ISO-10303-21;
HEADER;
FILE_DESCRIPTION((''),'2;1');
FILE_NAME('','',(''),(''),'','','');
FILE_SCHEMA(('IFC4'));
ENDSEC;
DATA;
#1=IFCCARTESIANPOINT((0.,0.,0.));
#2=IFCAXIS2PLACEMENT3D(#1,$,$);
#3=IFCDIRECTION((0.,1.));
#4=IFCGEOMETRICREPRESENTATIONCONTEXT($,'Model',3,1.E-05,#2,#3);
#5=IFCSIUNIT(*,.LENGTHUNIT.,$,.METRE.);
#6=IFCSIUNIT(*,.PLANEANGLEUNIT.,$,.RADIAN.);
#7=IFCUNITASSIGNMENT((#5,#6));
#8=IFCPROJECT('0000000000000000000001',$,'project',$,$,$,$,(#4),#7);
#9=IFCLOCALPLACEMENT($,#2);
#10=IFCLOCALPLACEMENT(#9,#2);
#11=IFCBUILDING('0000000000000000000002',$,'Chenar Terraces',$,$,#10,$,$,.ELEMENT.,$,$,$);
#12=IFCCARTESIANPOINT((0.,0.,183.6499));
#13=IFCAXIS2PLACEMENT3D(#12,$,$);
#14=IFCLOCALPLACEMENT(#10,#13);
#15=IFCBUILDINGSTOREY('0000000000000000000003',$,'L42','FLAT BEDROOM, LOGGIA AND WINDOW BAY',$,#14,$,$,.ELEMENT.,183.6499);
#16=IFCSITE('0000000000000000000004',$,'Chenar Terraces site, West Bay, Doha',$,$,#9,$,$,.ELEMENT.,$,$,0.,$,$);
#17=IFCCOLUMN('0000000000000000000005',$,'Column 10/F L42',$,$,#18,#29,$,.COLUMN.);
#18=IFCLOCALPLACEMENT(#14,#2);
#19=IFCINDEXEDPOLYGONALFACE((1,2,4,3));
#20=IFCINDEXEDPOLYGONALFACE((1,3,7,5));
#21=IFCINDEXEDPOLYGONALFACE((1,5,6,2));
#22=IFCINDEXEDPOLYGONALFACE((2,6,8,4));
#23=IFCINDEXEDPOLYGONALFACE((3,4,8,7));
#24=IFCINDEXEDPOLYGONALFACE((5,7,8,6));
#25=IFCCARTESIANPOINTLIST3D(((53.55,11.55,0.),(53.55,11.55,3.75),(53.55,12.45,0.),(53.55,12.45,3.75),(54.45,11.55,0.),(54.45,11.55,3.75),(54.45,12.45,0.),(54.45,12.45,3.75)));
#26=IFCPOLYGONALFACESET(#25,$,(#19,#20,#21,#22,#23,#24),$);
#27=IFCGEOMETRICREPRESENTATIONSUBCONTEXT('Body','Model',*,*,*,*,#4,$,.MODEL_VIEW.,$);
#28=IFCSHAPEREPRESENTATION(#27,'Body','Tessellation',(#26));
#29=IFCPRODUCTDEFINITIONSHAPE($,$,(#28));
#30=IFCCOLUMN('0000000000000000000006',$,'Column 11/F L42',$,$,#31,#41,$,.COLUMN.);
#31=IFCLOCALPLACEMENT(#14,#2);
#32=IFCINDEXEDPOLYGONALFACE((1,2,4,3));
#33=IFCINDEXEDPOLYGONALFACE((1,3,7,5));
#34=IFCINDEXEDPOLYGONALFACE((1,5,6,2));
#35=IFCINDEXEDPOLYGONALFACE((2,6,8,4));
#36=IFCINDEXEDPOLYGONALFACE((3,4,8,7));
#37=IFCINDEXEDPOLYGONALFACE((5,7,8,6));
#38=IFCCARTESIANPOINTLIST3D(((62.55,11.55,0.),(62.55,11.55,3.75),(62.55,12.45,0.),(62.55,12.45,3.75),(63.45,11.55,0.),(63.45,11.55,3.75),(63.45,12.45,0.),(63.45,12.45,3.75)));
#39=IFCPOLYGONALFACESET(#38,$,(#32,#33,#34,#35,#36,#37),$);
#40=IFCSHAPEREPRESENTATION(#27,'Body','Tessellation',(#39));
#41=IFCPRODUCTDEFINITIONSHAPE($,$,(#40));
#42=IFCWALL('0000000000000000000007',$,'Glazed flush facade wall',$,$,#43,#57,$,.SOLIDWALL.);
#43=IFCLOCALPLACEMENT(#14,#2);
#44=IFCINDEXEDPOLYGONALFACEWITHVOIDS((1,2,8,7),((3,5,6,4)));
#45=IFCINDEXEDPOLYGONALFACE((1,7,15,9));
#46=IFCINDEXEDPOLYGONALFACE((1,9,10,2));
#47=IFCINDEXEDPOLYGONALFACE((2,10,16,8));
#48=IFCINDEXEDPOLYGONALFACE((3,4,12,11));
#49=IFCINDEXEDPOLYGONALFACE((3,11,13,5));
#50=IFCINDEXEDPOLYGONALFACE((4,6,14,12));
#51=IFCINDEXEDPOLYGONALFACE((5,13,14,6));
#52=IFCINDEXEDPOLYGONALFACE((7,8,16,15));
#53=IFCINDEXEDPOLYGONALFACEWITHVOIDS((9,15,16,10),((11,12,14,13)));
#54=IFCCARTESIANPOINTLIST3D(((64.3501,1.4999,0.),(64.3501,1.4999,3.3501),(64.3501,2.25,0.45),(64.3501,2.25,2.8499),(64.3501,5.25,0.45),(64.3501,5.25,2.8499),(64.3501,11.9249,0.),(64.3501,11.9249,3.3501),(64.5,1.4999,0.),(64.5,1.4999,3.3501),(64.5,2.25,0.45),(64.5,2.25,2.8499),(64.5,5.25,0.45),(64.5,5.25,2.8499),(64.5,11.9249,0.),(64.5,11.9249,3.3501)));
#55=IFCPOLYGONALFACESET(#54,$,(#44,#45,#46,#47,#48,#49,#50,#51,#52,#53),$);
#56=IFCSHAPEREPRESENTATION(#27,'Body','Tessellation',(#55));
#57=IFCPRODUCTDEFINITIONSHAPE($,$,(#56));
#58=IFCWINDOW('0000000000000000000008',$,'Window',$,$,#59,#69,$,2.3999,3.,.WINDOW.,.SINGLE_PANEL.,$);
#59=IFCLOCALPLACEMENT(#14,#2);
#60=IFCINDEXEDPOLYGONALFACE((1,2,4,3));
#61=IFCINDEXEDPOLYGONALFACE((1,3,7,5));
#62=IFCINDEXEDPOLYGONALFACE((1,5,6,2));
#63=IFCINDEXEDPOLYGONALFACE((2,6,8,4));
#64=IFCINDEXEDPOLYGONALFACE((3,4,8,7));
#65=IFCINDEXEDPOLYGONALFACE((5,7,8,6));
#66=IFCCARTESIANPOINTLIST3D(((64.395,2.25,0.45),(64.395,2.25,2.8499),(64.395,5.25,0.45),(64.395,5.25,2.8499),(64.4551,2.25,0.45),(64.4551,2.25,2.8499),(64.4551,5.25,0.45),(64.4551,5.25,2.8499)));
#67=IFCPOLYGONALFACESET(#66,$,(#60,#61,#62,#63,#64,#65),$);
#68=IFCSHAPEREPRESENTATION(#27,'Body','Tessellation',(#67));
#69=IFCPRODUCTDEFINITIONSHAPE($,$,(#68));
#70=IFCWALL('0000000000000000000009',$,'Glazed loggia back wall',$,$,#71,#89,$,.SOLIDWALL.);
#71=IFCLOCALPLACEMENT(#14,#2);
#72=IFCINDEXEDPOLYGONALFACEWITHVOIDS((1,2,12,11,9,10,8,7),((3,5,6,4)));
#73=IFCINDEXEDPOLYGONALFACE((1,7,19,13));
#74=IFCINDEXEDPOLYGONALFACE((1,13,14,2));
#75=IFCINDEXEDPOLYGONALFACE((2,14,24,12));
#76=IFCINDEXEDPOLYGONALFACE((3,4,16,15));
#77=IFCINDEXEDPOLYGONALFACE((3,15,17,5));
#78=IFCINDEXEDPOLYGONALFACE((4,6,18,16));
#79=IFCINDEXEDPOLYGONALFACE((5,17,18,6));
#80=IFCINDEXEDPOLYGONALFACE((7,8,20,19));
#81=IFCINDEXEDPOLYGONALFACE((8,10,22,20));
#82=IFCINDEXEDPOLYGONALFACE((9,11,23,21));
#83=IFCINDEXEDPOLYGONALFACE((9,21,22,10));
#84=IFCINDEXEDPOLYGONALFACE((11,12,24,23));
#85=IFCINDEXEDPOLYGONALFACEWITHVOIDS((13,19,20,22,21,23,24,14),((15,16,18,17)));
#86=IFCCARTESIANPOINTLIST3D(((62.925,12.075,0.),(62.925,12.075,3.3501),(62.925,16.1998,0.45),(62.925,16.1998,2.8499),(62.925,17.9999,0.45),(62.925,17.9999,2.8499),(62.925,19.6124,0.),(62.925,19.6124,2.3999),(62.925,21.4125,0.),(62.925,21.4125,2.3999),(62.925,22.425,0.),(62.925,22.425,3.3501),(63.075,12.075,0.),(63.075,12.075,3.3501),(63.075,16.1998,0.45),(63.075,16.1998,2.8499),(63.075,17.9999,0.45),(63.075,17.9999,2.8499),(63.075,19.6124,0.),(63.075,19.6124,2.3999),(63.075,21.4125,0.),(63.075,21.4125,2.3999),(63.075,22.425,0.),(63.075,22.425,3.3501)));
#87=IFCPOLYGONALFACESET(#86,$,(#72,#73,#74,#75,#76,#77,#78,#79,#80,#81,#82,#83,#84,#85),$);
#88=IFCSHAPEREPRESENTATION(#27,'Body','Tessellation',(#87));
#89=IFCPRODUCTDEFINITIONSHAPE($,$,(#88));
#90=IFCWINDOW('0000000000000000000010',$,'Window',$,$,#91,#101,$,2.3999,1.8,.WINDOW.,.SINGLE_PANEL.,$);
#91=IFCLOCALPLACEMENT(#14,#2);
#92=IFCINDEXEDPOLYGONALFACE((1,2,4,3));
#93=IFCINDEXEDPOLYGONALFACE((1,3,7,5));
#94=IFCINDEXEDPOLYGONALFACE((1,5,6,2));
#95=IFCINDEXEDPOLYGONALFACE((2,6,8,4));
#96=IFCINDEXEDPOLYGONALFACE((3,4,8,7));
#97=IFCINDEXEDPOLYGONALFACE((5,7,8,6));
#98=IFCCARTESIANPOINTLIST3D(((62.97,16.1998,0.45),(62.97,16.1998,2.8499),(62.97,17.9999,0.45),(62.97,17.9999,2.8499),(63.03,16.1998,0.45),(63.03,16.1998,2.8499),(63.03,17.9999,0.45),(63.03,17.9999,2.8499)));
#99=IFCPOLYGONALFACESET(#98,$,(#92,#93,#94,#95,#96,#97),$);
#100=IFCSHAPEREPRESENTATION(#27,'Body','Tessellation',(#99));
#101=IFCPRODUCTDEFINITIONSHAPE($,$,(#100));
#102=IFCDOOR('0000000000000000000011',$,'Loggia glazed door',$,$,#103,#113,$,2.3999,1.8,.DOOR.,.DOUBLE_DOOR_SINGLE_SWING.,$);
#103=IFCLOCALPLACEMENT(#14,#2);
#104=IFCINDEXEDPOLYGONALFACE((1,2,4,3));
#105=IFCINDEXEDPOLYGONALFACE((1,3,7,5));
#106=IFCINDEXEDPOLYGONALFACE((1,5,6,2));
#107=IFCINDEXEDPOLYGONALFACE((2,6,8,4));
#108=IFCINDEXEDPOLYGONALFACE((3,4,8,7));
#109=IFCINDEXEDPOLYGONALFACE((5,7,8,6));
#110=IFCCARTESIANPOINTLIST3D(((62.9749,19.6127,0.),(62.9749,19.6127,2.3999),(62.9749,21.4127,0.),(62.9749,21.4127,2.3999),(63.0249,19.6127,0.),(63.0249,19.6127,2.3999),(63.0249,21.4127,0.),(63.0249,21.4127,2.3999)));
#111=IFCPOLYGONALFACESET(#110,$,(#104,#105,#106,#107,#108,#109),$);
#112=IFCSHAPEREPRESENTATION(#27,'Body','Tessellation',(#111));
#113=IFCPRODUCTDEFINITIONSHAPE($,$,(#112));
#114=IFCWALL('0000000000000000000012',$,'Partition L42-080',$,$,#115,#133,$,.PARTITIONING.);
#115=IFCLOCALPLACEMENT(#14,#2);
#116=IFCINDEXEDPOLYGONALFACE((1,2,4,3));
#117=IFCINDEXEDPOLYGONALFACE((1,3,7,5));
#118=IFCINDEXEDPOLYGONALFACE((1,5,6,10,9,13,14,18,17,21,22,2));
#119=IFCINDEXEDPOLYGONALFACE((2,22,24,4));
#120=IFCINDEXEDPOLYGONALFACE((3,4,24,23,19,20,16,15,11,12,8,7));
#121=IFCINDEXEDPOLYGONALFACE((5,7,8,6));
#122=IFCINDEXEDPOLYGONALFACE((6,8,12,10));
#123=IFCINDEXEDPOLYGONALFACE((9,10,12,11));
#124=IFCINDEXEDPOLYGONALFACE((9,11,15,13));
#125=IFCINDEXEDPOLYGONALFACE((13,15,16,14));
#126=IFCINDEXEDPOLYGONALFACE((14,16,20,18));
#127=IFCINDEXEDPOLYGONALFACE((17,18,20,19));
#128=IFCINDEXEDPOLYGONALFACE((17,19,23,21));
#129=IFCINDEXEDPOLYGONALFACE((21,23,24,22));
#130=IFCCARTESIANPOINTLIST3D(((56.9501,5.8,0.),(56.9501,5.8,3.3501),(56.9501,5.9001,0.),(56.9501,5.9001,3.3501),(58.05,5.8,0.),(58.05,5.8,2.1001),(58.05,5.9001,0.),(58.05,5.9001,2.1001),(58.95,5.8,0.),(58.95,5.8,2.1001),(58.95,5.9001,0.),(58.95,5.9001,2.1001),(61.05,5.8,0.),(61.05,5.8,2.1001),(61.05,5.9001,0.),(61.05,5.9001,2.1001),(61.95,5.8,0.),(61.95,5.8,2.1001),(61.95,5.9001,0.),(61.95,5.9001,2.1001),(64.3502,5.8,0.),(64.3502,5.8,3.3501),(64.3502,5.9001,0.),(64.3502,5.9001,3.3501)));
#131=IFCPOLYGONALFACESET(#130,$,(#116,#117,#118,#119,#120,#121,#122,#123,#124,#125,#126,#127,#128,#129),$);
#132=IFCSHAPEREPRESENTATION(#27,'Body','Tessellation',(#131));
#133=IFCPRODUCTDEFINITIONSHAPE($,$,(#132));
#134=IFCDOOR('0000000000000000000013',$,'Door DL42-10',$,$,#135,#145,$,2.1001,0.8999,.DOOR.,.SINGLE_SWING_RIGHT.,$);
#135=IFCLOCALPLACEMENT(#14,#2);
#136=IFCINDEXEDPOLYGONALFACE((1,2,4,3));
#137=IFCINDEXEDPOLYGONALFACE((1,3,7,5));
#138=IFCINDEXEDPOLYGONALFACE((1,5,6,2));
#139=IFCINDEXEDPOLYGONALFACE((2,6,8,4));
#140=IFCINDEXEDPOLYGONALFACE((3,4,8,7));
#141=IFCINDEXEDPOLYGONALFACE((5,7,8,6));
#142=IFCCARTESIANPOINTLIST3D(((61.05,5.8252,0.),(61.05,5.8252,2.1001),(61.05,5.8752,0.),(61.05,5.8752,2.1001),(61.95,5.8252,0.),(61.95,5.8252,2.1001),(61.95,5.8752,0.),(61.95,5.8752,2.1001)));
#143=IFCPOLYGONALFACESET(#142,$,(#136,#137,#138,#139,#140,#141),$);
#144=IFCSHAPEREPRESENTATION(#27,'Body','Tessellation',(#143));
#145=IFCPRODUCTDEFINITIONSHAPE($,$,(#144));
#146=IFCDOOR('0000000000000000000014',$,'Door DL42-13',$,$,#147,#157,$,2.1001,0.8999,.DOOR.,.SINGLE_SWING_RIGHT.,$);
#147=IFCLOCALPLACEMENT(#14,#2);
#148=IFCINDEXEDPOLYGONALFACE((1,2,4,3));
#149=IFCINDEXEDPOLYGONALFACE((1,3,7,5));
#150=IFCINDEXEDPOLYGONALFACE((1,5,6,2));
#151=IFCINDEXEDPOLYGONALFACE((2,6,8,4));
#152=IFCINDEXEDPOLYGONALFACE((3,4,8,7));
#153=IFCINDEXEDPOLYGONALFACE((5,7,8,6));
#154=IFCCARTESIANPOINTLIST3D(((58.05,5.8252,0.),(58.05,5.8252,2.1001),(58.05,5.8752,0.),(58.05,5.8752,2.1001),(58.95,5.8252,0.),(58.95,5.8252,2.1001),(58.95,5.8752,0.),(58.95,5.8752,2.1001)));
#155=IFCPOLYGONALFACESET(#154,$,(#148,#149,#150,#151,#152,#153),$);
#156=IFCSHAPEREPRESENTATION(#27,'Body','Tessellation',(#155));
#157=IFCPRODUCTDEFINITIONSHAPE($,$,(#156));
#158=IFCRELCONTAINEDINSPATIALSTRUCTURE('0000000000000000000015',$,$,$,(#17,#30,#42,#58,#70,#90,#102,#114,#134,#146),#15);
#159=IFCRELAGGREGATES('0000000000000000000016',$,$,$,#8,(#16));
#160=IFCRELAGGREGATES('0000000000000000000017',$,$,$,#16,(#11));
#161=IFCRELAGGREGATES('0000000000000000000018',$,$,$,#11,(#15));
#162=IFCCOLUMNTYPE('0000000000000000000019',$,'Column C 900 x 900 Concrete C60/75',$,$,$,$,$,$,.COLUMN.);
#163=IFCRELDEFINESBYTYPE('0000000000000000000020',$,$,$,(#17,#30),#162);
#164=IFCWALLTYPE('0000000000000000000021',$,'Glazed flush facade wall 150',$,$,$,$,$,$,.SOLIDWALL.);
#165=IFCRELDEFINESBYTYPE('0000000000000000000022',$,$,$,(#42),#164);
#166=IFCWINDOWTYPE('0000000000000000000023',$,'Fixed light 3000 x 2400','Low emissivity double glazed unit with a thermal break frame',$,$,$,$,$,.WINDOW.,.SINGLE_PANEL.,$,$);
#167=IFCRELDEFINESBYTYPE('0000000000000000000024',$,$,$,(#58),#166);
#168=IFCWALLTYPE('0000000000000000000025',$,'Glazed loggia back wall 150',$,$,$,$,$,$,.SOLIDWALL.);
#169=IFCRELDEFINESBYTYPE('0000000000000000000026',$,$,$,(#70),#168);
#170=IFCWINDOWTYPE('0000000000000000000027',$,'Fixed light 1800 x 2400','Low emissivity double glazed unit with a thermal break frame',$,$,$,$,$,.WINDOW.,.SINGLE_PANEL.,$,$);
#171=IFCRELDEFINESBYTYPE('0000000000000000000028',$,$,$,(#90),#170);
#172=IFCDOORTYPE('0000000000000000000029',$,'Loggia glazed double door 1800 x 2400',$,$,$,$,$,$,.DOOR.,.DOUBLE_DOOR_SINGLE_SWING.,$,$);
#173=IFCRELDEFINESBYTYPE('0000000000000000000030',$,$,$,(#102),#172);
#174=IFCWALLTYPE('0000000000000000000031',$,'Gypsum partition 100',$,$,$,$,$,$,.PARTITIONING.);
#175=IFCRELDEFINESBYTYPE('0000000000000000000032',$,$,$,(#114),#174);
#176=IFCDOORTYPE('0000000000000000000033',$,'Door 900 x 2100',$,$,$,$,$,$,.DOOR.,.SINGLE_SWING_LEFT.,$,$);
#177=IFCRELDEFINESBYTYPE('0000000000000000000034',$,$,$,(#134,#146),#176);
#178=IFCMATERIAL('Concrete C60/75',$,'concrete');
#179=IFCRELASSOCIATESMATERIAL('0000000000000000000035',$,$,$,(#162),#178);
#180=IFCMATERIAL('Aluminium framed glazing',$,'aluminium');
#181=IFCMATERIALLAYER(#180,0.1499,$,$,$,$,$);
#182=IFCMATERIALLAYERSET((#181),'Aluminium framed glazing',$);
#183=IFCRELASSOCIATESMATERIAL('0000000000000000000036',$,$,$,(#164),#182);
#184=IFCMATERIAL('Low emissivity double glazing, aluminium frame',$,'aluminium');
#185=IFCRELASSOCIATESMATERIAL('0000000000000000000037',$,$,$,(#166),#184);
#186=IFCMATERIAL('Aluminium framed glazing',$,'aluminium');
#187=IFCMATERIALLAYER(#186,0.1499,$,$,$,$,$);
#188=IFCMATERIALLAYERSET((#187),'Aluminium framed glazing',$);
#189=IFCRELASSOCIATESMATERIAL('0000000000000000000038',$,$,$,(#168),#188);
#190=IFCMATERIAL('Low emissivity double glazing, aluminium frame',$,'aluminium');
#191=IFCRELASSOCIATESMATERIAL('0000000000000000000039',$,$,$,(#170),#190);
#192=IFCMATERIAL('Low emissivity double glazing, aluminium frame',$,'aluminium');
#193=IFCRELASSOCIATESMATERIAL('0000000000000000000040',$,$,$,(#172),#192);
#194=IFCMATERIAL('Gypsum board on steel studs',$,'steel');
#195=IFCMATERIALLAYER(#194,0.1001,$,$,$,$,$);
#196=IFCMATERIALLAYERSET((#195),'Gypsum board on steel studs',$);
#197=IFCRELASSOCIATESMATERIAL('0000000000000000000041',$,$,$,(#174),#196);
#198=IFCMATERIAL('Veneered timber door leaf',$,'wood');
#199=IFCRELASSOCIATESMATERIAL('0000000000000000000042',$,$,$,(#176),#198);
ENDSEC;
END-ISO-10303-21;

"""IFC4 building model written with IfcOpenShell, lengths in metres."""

from ifc_helpers import new_model, si_unit, direction, frame, frame_2d, origin, origin_2d, place, context, subcontext, project, spatial, rectangle, extrude, material, layer, layer_set, material_profile, profile_set, type_object, element, fill, save


model = new_model("IFC4")

# Units and contexts
model_context = context("Model", 3, precision=1e-05, world=origin(), true_north=direction((0.0, 1.0)))
body_context = subcontext(model_context, "Body", "Model", "MODEL_VIEW")
ifc_project = project(units=[si_unit("LENGTHUNIT", "METRE"), si_unit("PLANEANGLEUNIT", "RADIAN")], contexts=[model_context])

# Site, building, storey
site_placement = place(None, origin())
site = spatial("IfcSite", under=ifc_project, at=site_placement, Name="Chenar Terraces site, West Bay, Doha", CompositionType="ELEMENT", RefElevation=0.0)
building_placement = place(site_placement, origin())
building = spatial("IfcBuilding", under=site, at=building_placement, Name="Chenar Terraces", CompositionType="ELEMENT")
storey_placement = place(building_placement, frame((0.0, 0.0, 183.6499)))
storey = spatial("IfcBuildingStorey", under=building, at=storey_placement, Name="L42", Description="FLAT BEDROOM, LOGGIA AND WINDOW BAY", CompositionType="ELEMENT", Elevation=183.6499)

# Columns
ifc_material_1 = material(Name="Concrete C60/75", Category="concrete")
ifc_material_profile = material_profile(ifc_material_1, rectangle(XDim=0.8999, YDim=0.8999, at=origin_2d()), Name="C 900 x 900")
ifc_profile_set = profile_set([ifc_material_profile], Name="Concrete C60/75")
column_type = type_object("IfcColumnType", Name="Column C 900 x 900 Concrete C60/75", PredefinedType="COLUMN", material=ifc_profile_set)
for number, where, z_axis, x_axis, name in (
    (1, (54.0, 12.0, 0.0), (0.0, 0.0, 1.0), (1.0, 0.0, 0.0), "Column 10/F L42"),
    (2, (63.0, 12.0, 0.0), (0.0, 0.0, 1.0), (1.0, 0.0, 0.0), "Column 11/F L42"),
):
    element("IfcColumn", number, at=place(storey_placement, frame(where, z_axis=z_axis, x_axis=x_axis)), inside=storey, type_object=column_type, Name=name, PredefinedType="COLUMN", context=body_context, shape_type="SweptSolid", body=[
        extrude(rectangle(XDim=0.8999, YDim=0.8999, at=origin_2d()), origin(), (0.0, 0.0, 1.0), 3.75),
    ])

# Wall, opening, window
ifc_material_2 = material(Name="Aluminium framed glazing", Category="aluminium")
ifc_layer_1 = layer(ifc_material_2, 0.1499)
ifc_layer_set_1 = layer_set([ifc_layer_1], Name="Aluminium framed glazing")
wall_type_1 = type_object("IfcWallType", Name="Glazed flush facade wall 150", PredefinedType="SOLIDWALL", material=ifc_layer_set_1)
wall_1_placement = place(storey_placement, frame((64.425, 1.5, 0.0), z_axis=(0.0, 0.0, 1.0), x_axis=(0.0, 1.0, 0.0)))
wall_1 = element("IfcWall", 3, at=wall_1_placement, inside=storey, type_object=wall_type_1, Name="Glazed flush facade wall", PredefinedType="SOLIDWALL", context=body_context, shape_type="SweptSolid", body=[
    extrude(rectangle(XDim=10.425, YDim=0.1499, at=frame_2d((5.2124, 0.0))), origin(), (0.0, 0.0, 1.0), 3.3501),
])
opening_1_placement = place(wall_1_placement, frame((0.75, 0.0, 0.45)))
opening_1 = element("IfcOpeningElement", 4, at=opening_1_placement, cuts=wall_1, PredefinedType="OPENING", context=body_context, shape_type="SweptSolid", body=[
    extrude(rectangle(XDim=3.0, YDim=2.3999, at=frame_2d((1.5, 1.2))), frame((0.0, 0.085, 0.0), z_axis=(0.0, -1.0, 0.0), x_axis=(1.0, 0.0, 0.0)), (0.0, 0.0, 1.0), 0.1699),
])
ifc_material_3 = material(Name="Low emissivity double glazing, aluminium frame", Category="aluminium")
window_type_1 = type_object("IfcWindowType", Name="Fixed light 3000 x 2400", Description="Low emissivity double glazed unit with a thermal break frame", PartitioningType="SINGLE_PANEL", PredefinedType="WINDOW", material=ifc_material_3)
window_1_placement = place(opening_1_placement, origin())
window_1 = element("IfcWindow", 5, at=window_1_placement, inside=storey, type_object=window_type_1, Name="Window", OverallHeight=2.3999, OverallWidth=3.0, PartitioningType="SINGLE_PANEL", PredefinedType="WINDOW", context=body_context, shape_type="SweptSolid", body=[
    extrude(rectangle(XDim=3.0, YDim=2.3999, at=frame_2d((1.5, 1.2))), frame((0.0, 0.03, 0.0), z_axis=(0.0, -1.0, 0.0), x_axis=(1.0, 0.0, 0.0)), (0.0, 0.0, 1.0), 0.0601),
])
fill(opening_1, window_1)

# Wall, openings, window, door
ifc_material_4 = material(Name="Aluminium framed glazing", Category="aluminium")
ifc_layer_2 = layer(ifc_material_4, 0.1499)
ifc_layer_set_2 = layer_set([ifc_layer_2], Name="Aluminium framed glazing")
wall_type_2 = type_object("IfcWallType", Name="Glazed loggia back wall 150", PredefinedType="SOLIDWALL", material=ifc_layer_set_2)
wall_2_placement = place(storey_placement, frame((63.0, 12.075, 0.0), z_axis=(0.0, 0.0, 1.0), x_axis=(0.0, 1.0, 0.0)))
wall_2 = element("IfcWall", 6, at=wall_2_placement, inside=storey, type_object=wall_type_2, Name="Glazed loggia back wall", PredefinedType="SOLIDWALL", context=body_context, shape_type="SweptSolid", body=[
    extrude(rectangle(XDim=10.3501, YDim=0.1499, at=frame_2d((5.175, 0.0))), origin(), (0.0, 0.0, 1.0), 3.3501),
])
opening_2_placement = place(wall_2_placement, frame((4.125, 0.0, 0.45)))
opening_2 = element("IfcOpeningElement", 7, at=opening_2_placement, cuts=wall_2, PredefinedType="OPENING", context=body_context, shape_type="SweptSolid", body=[
    extrude(rectangle(XDim=1.8, YDim=2.3999, at=frame_2d((0.8999, 1.2))), frame((0.0, 0.085, 0.0), z_axis=(0.0, -1.0, 0.0), x_axis=(1.0, 0.0, 0.0)), (0.0, 0.0, 1.0), 0.1699),
])
opening_3_placement = place(wall_2_placement, frame((7.5376, 0.0, 0.0)))
opening_3 = element("IfcOpeningElement", 8, at=opening_3_placement, cuts=wall_2, PredefinedType="OPENING", context=body_context, shape_type="SweptSolid", body=[
    extrude(rectangle(XDim=1.8, YDim=2.3999, at=frame_2d((0.8999, 1.2))), frame((0.0, 0.085, 0.0), z_axis=(0.0, -1.0, 0.0), x_axis=(1.0, 0.0, 0.0)), (0.0, 0.0, 1.0), 0.1699),
])
ifc_material_5 = material(Name="Low emissivity double glazing, aluminium frame", Category="aluminium")
window_type_2 = type_object("IfcWindowType", Name="Fixed light 1800 x 2400", Description="Low emissivity double glazed unit with a thermal break frame", PartitioningType="SINGLE_PANEL", PredefinedType="WINDOW", material=ifc_material_5)
window_2_placement = place(opening_2_placement, origin())
window_2 = element("IfcWindow", 9, at=window_2_placement, inside=storey, type_object=window_type_2, Name="Window", OverallHeight=2.3999, OverallWidth=1.8, PartitioningType="SINGLE_PANEL", PredefinedType="WINDOW", context=body_context, shape_type="SweptSolid", body=[
    extrude(rectangle(XDim=1.8, YDim=2.3999, at=frame_2d((0.8999, 1.2))), frame((0.0, 0.03, 0.0), z_axis=(0.0, -1.0, 0.0), x_axis=(1.0, 0.0, 0.0)), (0.0, 0.0, 1.0), 0.0601),
])
fill(opening_2, window_2)
ifc_material_6 = material(Name="Low emissivity double glazing, aluminium frame", Category="aluminium")
door_type_1 = type_object("IfcDoorType", Name="Loggia glazed double door 1800 x 2400", OperationType="DOUBLE_DOOR_SINGLE_SWING", PredefinedType="DOOR", material=ifc_material_6)
door_1_placement = place(opening_3_placement, frame((1.8, 0.0, 0.0), z_axis=(0.0, 0.0, 1.0), x_axis=(-1.0, 0.0, 0.0)))
door_1 = element("IfcDoor", 10, at=door_1_placement, inside=storey, type_object=door_type_1, Name="Loggia glazed door", OperationType="DOUBLE_DOOR_SINGLE_SWING", OverallHeight=2.3999, OverallWidth=1.8, PredefinedType="DOOR", context=body_context, shape_type="SweptSolid", body=[
    extrude(rectangle(XDim=1.8, YDim=2.3999, at=frame_2d((0.8999, 1.2))), frame((0.0, 0.0249, 0.0), z_axis=(0.0, -1.0, 0.0), x_axis=(1.0, 0.0, 0.0)), (0.0, 0.0, 1.0), 0.05),
])
fill(opening_3, door_1)

# Wall, openings, doors
ifc_material_7 = material(Name="Gypsum board on steel studs", Category="steel")
ifc_layer_3 = layer(ifc_material_7, 0.1001)
ifc_layer_set_3 = layer_set([ifc_layer_3], Name="Gypsum board on steel studs")
wall_type_3 = type_object("IfcWallType", Name="Gypsum partition 100", PredefinedType="PARTITIONING", material=ifc_layer_set_3)
wall_3_placement = place(storey_placement, frame((56.95, 5.8501, 0.0), z_axis=(0.0, 0.0, 1.0), x_axis=(1.0, 0.0, 0.0)))
wall_3 = element("IfcWall", 11, at=wall_3_placement, inside=storey, type_object=wall_type_3, Name="Partition L42-080", PredefinedType="PARTITIONING", context=body_context, shape_type="SweptSolid", body=[
    extrude(rectangle(XDim=7.4001, YDim=0.1001, at=frame_2d((3.7002, 0.0))), origin(), (0.0, 0.0, 1.0), 3.3501),
])
opening_4_placement = place(wall_3_placement, frame((4.1001, 0.0, 0.0)))
opening_4 = element("IfcOpeningElement", 12, at=opening_4_placement, cuts=wall_3, PredefinedType="OPENING", context=body_context, shape_type="SweptSolid", body=[
    extrude(rectangle(XDim=0.8999, YDim=2.1001, at=frame_2d((0.45, 1.05))), frame((0.0, 0.0601, 0.0), z_axis=(0.0, -1.0, 0.0), x_axis=(1.0, 0.0, 0.0)), (0.0, 0.0, 1.0), 0.1201),
])
opening_5_placement = place(wall_3_placement, frame((1.1001, 0.0, 0.0)))
opening_5 = element("IfcOpeningElement", 13, at=opening_5_placement, cuts=wall_3, PredefinedType="OPENING", context=body_context, shape_type="SweptSolid", body=[
    extrude(rectangle(XDim=0.8999, YDim=2.1001, at=frame_2d((0.45, 1.05))), frame((0.0, 0.0601, 0.0), z_axis=(0.0, -1.0, 0.0), x_axis=(1.0, 0.0, 0.0)), (0.0, 0.0, 1.0), 0.1201),
])
ifc_material_8 = material(Name="Veneered timber door leaf", Category="wood")
door_type_2 = type_object("IfcDoorType", Name="Door 900 x 2100", OperationType="SINGLE_SWING_LEFT", PredefinedType="DOOR", material=ifc_material_8)
door_2_placement = place(opening_4_placement, frame((0.8999, 0.0, 0.0), z_axis=(0.0, 0.0, 1.0), x_axis=(-1.0, 0.0, 0.0)))
door_2 = element("IfcDoor", 14, at=door_2_placement, inside=storey, type_object=door_type_2, Name="Door DL42-10", OperationType="SINGLE_SWING_RIGHT", OverallHeight=2.1001, OverallWidth=0.8999, PredefinedType="DOOR", context=body_context, shape_type="SweptSolid", body=[
    extrude(rectangle(XDim=0.8999, YDim=2.1001, at=frame_2d((0.45, 1.05))), frame((0.0, 0.0249, 0.0), z_axis=(0.0, -1.0, 0.0), x_axis=(1.0, 0.0, 0.0)), (0.0, 0.0, 1.0), 0.05),
])
fill(opening_4, door_2)
door_3_placement = place(opening_5_placement, frame((0.8999, 0.0, 0.0), z_axis=(0.0, 0.0, 1.0), x_axis=(-1.0, 0.0, 0.0)))
door_3 = element("IfcDoor", 15, at=door_3_placement, inside=storey, type_object=door_type_2, Name="Door DL42-13", OperationType="SINGLE_SWING_RIGHT", OverallHeight=2.1001, OverallWidth=0.8999, PredefinedType="DOOR", context=body_context, shape_type="SweptSolid", body=[
    extrude(rectangle(XDim=0.8999, YDim=2.1001, at=frame_2d((0.45, 1.05))), frame((0.0, 0.0249, 0.0), z_axis=(0.0, -1.0, 0.0), x_axis=(1.0, 0.0, 0.0)), (0.0, 0.0, 1.0), 0.05),
])
fill(opening_5, door_3)

save(model, "model.ifc")
